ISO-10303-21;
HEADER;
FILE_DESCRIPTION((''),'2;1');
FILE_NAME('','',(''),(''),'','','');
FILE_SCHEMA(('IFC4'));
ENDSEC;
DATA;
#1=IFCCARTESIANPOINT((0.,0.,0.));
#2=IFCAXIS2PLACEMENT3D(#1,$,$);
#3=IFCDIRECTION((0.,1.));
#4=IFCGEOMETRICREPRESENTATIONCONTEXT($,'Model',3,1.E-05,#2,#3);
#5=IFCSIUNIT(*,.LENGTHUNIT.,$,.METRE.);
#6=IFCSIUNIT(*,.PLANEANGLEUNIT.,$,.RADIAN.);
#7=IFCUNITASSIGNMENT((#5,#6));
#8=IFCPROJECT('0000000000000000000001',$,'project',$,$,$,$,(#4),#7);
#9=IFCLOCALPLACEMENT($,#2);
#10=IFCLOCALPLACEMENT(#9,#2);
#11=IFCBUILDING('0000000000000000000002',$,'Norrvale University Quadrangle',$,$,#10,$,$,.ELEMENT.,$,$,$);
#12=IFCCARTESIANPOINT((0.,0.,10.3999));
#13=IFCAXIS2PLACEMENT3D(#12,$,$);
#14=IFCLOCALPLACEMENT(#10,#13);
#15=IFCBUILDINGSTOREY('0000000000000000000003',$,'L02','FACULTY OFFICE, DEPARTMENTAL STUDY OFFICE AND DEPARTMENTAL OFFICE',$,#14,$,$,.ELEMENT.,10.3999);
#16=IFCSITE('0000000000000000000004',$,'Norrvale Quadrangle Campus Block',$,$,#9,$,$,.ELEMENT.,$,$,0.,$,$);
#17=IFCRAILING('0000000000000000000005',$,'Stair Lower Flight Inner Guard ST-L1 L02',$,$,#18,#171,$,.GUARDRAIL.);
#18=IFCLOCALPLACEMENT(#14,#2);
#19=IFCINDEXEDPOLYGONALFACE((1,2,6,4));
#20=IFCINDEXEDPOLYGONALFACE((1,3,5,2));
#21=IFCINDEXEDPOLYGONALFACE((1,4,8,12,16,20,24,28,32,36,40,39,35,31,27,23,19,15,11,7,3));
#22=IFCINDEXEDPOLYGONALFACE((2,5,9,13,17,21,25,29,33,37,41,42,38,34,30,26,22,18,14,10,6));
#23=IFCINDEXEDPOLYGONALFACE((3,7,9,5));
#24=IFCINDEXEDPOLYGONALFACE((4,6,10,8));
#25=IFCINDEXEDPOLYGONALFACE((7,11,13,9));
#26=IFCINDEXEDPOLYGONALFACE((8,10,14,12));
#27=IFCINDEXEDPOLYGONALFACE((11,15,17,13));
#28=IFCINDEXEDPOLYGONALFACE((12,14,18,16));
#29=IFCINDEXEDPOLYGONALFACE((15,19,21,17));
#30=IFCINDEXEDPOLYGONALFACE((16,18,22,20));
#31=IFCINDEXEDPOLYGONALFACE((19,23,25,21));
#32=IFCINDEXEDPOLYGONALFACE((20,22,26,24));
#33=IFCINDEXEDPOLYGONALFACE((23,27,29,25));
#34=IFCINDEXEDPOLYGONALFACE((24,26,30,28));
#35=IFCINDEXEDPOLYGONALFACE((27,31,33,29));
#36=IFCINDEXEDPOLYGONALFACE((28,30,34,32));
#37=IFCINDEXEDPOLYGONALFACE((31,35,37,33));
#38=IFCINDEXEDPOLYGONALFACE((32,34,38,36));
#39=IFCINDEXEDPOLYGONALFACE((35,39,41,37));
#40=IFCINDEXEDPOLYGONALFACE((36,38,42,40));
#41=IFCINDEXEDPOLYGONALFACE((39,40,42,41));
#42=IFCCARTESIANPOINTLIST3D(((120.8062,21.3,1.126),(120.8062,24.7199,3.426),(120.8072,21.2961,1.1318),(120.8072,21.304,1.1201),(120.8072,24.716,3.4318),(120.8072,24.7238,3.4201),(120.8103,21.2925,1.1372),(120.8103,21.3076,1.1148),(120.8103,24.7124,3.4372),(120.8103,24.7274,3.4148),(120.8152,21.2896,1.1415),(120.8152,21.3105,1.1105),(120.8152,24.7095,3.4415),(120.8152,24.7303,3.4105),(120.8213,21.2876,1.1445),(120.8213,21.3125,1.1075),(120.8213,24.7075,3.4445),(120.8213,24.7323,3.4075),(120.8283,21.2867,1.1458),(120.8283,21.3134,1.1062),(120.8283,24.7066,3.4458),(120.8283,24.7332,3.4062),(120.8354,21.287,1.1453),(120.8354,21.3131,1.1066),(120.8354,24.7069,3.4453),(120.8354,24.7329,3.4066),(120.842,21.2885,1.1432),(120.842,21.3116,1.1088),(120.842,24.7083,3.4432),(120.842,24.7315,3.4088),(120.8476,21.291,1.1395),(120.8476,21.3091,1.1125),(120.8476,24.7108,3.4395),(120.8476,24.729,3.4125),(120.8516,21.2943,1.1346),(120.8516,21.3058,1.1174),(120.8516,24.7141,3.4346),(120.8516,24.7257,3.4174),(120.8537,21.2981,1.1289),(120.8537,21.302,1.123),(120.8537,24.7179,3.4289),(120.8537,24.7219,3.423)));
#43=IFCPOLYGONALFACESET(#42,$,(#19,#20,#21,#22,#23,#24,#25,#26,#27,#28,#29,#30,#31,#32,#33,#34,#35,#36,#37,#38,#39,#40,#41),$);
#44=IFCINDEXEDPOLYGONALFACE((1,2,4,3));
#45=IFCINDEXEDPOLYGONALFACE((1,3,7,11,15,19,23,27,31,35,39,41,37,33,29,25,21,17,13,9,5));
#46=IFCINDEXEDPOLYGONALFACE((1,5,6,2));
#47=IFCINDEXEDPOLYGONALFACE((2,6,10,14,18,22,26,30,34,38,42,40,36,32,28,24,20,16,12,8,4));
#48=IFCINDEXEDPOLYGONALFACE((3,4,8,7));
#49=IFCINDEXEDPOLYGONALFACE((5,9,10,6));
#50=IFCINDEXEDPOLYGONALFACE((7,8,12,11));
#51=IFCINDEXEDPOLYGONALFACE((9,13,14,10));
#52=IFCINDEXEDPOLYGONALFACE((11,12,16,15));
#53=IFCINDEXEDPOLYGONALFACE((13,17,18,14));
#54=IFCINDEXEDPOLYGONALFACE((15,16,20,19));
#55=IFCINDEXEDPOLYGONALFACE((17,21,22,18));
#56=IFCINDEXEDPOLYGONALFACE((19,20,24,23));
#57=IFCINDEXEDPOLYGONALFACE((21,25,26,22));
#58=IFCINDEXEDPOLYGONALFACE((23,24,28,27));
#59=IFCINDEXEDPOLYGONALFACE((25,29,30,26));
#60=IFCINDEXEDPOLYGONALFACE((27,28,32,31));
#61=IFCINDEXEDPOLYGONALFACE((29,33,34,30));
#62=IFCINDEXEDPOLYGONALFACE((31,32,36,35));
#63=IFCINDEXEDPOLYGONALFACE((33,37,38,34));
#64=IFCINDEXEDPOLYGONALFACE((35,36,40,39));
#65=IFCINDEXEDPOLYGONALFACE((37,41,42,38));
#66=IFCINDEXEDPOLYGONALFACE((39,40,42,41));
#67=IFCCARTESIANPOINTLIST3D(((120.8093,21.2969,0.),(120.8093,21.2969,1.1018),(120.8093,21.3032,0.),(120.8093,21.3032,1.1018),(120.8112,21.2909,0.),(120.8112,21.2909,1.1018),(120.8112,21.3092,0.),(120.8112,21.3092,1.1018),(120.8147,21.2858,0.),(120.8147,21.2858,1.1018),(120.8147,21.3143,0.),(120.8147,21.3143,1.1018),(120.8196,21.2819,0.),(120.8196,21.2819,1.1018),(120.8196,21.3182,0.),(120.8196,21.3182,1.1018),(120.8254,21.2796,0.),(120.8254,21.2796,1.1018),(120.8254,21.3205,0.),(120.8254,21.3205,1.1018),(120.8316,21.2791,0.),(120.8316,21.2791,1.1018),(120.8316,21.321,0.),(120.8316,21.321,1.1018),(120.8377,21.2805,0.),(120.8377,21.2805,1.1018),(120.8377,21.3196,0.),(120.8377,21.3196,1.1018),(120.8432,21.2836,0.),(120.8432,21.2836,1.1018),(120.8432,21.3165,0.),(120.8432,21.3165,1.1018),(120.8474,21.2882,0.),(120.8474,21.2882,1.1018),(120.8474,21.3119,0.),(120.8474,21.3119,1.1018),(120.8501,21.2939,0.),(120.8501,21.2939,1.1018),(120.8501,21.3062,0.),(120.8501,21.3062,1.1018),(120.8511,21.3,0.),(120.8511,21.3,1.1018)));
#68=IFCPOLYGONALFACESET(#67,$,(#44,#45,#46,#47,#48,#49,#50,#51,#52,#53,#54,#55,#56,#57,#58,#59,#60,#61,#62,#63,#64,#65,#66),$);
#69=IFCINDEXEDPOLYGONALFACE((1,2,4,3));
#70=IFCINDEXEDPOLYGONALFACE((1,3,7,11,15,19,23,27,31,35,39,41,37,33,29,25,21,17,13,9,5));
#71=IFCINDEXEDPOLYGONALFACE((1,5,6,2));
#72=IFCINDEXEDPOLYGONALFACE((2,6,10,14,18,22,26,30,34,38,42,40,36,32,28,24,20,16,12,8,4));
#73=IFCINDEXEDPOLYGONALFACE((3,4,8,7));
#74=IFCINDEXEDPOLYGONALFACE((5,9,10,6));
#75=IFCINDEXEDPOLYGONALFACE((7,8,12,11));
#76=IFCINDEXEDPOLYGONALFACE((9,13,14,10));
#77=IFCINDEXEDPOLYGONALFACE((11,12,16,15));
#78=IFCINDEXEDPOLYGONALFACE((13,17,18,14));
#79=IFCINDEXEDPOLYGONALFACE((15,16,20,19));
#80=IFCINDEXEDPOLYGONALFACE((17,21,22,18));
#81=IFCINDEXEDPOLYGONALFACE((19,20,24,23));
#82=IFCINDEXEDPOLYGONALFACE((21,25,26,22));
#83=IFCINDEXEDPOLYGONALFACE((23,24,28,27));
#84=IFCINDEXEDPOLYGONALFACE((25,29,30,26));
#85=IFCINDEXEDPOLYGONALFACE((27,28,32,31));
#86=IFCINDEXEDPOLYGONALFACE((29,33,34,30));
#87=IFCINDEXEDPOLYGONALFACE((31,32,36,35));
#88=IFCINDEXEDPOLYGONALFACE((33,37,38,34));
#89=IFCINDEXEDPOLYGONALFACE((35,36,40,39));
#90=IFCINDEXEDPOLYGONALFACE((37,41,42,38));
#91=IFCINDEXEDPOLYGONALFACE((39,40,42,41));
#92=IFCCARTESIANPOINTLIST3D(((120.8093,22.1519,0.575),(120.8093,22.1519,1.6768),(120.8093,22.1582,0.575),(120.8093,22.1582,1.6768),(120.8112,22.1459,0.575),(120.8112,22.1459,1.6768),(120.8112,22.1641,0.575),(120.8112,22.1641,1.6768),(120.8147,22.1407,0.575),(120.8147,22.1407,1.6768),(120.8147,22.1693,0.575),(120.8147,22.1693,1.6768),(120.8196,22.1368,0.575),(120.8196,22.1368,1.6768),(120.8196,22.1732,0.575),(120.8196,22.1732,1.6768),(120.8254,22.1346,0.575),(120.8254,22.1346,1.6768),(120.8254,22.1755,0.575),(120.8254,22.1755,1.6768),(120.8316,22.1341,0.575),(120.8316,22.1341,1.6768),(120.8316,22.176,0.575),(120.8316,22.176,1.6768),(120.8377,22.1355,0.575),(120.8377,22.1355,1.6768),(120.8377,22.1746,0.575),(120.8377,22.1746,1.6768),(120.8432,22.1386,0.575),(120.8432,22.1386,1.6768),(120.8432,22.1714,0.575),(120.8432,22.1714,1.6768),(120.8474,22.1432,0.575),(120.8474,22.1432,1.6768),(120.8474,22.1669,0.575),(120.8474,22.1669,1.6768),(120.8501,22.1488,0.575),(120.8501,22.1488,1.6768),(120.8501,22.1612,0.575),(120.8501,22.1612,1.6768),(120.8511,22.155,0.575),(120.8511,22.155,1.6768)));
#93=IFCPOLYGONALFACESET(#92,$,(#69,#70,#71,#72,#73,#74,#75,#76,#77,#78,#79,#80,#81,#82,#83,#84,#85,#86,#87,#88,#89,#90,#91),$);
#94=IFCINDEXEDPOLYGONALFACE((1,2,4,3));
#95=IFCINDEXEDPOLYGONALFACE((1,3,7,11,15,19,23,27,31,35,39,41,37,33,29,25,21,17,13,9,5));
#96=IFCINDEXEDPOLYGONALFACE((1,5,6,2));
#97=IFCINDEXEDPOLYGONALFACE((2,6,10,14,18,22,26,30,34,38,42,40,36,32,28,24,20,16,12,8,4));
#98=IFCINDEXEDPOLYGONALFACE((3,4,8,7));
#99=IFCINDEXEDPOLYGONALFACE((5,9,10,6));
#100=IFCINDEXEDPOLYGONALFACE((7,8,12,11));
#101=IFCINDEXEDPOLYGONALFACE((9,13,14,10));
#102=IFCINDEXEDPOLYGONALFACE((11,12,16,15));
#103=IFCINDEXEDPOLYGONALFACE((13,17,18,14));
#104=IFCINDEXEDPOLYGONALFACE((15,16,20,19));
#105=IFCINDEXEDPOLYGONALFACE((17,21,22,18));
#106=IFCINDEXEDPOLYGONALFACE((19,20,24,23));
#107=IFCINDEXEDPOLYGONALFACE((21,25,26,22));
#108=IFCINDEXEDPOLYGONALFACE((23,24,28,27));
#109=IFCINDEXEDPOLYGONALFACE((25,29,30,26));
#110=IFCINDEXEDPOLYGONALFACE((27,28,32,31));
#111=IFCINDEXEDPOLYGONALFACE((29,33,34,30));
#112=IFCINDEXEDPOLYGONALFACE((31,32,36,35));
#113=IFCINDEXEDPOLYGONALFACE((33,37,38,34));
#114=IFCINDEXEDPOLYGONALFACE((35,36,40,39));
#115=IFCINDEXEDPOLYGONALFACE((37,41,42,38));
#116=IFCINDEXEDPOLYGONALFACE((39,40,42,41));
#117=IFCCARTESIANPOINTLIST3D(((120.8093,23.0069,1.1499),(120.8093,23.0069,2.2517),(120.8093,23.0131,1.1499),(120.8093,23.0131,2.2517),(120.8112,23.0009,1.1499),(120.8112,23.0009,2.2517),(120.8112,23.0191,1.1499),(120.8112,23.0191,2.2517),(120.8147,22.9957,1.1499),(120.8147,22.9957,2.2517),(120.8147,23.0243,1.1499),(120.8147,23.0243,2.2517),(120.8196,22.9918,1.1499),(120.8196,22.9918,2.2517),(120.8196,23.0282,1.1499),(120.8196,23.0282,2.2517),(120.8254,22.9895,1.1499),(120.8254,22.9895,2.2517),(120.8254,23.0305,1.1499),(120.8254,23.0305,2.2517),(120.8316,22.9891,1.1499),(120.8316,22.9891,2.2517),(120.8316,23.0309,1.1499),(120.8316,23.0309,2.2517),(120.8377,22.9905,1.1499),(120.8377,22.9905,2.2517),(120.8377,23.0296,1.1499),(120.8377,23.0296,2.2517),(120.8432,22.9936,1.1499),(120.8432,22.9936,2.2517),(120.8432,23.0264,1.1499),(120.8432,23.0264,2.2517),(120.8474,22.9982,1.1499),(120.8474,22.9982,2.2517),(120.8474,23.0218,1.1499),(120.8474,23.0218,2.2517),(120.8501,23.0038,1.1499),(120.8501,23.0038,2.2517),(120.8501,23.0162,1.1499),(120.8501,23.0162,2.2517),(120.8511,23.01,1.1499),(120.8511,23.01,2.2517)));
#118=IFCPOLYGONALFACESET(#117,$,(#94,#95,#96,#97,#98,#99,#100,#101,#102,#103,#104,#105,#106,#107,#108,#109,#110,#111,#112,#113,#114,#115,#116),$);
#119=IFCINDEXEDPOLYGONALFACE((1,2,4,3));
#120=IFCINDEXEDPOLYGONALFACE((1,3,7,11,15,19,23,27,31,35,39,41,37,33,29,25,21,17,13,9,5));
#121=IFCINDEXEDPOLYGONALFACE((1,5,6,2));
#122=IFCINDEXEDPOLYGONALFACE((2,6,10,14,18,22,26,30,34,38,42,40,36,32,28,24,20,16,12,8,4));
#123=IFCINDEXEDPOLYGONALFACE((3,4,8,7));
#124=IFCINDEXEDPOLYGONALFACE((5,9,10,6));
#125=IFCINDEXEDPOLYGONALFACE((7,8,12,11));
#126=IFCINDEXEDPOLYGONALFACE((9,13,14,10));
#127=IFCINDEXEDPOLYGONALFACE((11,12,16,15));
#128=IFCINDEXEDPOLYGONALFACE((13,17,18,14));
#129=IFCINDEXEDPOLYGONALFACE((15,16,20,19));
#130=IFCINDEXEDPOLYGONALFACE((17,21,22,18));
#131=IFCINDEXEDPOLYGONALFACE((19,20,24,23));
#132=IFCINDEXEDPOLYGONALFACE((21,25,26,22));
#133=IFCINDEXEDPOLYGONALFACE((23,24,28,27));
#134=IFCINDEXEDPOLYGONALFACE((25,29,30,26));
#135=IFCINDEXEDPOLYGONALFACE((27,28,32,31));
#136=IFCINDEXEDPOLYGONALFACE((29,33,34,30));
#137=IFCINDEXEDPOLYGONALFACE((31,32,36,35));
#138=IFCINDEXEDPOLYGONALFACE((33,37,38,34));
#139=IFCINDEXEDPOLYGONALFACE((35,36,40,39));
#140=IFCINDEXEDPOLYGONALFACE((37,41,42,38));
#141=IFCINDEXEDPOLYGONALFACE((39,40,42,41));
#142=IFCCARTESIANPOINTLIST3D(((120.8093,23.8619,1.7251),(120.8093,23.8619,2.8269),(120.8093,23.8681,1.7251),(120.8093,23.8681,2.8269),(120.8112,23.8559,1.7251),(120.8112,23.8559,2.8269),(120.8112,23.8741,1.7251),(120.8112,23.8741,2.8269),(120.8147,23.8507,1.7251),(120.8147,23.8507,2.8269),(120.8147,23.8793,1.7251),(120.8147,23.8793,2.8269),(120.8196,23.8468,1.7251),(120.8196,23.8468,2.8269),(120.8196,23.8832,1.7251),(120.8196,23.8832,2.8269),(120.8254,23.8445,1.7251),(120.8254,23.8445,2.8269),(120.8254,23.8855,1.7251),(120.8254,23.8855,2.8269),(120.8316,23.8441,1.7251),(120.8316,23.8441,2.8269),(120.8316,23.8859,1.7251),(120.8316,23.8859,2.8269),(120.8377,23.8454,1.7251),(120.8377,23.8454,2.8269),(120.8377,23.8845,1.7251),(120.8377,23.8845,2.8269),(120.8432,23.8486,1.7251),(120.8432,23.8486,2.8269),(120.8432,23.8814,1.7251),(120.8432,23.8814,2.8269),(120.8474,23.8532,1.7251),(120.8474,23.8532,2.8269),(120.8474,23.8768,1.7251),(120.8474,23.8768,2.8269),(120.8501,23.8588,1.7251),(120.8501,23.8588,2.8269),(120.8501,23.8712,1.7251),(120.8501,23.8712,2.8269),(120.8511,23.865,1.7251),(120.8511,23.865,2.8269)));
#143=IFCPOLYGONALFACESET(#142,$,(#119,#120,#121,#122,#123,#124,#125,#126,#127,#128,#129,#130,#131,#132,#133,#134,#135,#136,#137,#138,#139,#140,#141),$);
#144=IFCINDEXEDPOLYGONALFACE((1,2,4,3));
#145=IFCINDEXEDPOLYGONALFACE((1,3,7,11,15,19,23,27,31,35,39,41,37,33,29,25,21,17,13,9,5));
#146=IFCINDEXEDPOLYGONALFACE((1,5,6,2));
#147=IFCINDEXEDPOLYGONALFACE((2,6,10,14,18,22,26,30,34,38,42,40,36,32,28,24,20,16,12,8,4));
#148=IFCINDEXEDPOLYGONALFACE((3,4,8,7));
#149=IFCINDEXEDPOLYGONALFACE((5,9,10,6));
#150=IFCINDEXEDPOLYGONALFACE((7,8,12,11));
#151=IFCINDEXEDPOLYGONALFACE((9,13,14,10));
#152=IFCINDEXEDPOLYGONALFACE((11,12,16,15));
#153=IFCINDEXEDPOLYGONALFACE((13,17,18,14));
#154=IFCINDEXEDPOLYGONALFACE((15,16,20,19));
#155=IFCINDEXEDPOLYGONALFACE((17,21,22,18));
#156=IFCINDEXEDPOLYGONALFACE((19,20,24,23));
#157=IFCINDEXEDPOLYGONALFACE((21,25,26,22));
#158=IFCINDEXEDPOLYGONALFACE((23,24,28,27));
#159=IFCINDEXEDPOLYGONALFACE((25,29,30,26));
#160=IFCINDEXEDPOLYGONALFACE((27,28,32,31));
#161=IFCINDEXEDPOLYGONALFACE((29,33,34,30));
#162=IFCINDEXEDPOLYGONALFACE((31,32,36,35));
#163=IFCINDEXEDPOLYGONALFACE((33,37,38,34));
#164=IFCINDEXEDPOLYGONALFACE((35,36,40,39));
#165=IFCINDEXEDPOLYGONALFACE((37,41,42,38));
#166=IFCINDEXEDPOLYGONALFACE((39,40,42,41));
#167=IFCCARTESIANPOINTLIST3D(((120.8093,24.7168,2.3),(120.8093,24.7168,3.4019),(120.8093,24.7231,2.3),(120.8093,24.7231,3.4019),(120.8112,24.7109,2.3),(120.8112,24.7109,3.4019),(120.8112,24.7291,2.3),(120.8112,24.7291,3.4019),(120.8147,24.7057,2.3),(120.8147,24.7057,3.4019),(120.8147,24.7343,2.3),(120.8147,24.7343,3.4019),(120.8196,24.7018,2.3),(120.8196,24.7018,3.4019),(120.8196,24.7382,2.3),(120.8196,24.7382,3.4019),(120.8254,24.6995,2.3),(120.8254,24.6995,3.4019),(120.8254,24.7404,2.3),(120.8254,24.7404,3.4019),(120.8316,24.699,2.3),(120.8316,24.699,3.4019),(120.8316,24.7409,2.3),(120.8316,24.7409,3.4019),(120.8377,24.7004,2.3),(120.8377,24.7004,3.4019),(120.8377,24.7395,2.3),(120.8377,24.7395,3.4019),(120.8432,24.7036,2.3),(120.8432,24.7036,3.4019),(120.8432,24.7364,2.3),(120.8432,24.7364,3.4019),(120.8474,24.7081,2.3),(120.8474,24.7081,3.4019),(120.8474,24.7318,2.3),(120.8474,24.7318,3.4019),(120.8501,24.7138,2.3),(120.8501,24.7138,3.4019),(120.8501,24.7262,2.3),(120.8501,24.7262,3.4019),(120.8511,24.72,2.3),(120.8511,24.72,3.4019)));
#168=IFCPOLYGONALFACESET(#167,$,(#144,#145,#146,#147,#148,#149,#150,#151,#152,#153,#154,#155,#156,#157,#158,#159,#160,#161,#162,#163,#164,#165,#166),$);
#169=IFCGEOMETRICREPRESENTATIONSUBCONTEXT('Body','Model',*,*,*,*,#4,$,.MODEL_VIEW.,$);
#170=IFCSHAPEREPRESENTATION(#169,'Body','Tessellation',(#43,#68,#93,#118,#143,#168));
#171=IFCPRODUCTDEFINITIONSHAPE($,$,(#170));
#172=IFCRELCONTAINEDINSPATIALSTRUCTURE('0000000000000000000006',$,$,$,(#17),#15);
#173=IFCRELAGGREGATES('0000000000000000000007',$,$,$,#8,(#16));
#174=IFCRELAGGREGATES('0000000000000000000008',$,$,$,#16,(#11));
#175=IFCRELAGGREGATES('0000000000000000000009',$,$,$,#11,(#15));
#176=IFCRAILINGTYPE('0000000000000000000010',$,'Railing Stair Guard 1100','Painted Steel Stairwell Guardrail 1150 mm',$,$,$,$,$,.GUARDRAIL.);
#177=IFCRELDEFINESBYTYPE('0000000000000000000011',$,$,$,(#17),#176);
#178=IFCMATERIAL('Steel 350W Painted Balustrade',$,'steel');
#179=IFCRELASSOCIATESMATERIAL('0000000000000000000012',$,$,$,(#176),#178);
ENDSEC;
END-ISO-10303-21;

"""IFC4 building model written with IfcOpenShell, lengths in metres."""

from ifc_helpers import new_model, si_unit, direction, frame, origin, origin_2d, place, context, subcontext, project, spatial, circle, extrude, material, type_object, element, save


model = new_model("IFC4")

# Units and contexts
model_context = context("Model", 3, precision=1e-05, world=origin(), true_north=direction((0.0, 1.0)))
body_context = subcontext(model_context, "Body", "Model", "MODEL_VIEW")
ifc_project = project(units=[si_unit("LENGTHUNIT", "METRE"), si_unit("PLANEANGLEUNIT", "RADIAN")], contexts=[model_context])

# Site, building, storey
site_placement = place(None, origin())
site = spatial("IfcSite", under=ifc_project, at=site_placement, Name="Norrvale Quadrangle Campus Block", CompositionType="ELEMENT", RefElevation=0.0)
building_placement = place(site_placement, origin())
building = spatial("IfcBuilding", under=site, at=building_placement, Name="Norrvale University Quadrangle", CompositionType="ELEMENT")
storey_placement = place(building_placement, frame((0.0, 0.0, 10.3999)))
storey = spatial("IfcBuildingStorey", under=building, at=storey_placement, Name="L02", Description="FACULTY OFFICE, DEPARTMENTAL STUDY OFFICE AND DEPARTMENTAL OFFICE", CompositionType="ELEMENT", Elevation=10.3999)

# Railing
ifc_material_1 = material(Name="Steel 350W Painted Balustrade", Category="steel")
railing_type_1 = type_object("IfcRailingType", Name="Railing Stair Guard 1100", Description="Painted Steel Stairwell Guardrail 1150 mm", PredefinedType="GUARDRAIL", material=ifc_material_1)
railing_1_placement = place(storey_placement, frame((120.8301, 21.3, 0.0)))
element("IfcRailing", 1, at=railing_1_placement, inside=storey, type_object=railing_type_1, Name="Stair Lower Flight Inner Guard ST-L1 L02", PredefinedType="GUARDRAIL", context=body_context, shape_type="SweptSolid", body=[
    extrude(circle(Radius=0.0239, at=origin_2d()), frame((0.0, 0.0, 1.126), z_axis=(0.0, 0.829792, 0.558072), x_axis=(-1.0, 0.0, 0.0)), (0.0, 0.0, 1.0), 4.1213),
    extrude(circle(Radius=0.021, at=origin_2d()), origin(), (0.0, 0.0, 1.0), 1.1018),
    extrude(circle(Radius=0.021, at=origin_2d()), frame((0.0, 0.855, 0.575)), (0.0, 0.0, 1.0), 1.1018),
    extrude(circle(Radius=0.021, at=origin_2d()), frame((0.0, 1.71, 1.1499)), (0.0, 0.0, 1.0), 1.1018),
    extrude(circle(Radius=0.021, at=origin_2d()), frame((0.0, 2.5649, 1.7251)), (0.0, 0.0, 1.0), 1.1018),
    extrude(circle(Radius=0.021, at=origin_2d()), frame((0.0, 3.4199, 2.3)), (0.0, 0.0, 1.0), 1.1018),
])

save(model, "model.ifc")
